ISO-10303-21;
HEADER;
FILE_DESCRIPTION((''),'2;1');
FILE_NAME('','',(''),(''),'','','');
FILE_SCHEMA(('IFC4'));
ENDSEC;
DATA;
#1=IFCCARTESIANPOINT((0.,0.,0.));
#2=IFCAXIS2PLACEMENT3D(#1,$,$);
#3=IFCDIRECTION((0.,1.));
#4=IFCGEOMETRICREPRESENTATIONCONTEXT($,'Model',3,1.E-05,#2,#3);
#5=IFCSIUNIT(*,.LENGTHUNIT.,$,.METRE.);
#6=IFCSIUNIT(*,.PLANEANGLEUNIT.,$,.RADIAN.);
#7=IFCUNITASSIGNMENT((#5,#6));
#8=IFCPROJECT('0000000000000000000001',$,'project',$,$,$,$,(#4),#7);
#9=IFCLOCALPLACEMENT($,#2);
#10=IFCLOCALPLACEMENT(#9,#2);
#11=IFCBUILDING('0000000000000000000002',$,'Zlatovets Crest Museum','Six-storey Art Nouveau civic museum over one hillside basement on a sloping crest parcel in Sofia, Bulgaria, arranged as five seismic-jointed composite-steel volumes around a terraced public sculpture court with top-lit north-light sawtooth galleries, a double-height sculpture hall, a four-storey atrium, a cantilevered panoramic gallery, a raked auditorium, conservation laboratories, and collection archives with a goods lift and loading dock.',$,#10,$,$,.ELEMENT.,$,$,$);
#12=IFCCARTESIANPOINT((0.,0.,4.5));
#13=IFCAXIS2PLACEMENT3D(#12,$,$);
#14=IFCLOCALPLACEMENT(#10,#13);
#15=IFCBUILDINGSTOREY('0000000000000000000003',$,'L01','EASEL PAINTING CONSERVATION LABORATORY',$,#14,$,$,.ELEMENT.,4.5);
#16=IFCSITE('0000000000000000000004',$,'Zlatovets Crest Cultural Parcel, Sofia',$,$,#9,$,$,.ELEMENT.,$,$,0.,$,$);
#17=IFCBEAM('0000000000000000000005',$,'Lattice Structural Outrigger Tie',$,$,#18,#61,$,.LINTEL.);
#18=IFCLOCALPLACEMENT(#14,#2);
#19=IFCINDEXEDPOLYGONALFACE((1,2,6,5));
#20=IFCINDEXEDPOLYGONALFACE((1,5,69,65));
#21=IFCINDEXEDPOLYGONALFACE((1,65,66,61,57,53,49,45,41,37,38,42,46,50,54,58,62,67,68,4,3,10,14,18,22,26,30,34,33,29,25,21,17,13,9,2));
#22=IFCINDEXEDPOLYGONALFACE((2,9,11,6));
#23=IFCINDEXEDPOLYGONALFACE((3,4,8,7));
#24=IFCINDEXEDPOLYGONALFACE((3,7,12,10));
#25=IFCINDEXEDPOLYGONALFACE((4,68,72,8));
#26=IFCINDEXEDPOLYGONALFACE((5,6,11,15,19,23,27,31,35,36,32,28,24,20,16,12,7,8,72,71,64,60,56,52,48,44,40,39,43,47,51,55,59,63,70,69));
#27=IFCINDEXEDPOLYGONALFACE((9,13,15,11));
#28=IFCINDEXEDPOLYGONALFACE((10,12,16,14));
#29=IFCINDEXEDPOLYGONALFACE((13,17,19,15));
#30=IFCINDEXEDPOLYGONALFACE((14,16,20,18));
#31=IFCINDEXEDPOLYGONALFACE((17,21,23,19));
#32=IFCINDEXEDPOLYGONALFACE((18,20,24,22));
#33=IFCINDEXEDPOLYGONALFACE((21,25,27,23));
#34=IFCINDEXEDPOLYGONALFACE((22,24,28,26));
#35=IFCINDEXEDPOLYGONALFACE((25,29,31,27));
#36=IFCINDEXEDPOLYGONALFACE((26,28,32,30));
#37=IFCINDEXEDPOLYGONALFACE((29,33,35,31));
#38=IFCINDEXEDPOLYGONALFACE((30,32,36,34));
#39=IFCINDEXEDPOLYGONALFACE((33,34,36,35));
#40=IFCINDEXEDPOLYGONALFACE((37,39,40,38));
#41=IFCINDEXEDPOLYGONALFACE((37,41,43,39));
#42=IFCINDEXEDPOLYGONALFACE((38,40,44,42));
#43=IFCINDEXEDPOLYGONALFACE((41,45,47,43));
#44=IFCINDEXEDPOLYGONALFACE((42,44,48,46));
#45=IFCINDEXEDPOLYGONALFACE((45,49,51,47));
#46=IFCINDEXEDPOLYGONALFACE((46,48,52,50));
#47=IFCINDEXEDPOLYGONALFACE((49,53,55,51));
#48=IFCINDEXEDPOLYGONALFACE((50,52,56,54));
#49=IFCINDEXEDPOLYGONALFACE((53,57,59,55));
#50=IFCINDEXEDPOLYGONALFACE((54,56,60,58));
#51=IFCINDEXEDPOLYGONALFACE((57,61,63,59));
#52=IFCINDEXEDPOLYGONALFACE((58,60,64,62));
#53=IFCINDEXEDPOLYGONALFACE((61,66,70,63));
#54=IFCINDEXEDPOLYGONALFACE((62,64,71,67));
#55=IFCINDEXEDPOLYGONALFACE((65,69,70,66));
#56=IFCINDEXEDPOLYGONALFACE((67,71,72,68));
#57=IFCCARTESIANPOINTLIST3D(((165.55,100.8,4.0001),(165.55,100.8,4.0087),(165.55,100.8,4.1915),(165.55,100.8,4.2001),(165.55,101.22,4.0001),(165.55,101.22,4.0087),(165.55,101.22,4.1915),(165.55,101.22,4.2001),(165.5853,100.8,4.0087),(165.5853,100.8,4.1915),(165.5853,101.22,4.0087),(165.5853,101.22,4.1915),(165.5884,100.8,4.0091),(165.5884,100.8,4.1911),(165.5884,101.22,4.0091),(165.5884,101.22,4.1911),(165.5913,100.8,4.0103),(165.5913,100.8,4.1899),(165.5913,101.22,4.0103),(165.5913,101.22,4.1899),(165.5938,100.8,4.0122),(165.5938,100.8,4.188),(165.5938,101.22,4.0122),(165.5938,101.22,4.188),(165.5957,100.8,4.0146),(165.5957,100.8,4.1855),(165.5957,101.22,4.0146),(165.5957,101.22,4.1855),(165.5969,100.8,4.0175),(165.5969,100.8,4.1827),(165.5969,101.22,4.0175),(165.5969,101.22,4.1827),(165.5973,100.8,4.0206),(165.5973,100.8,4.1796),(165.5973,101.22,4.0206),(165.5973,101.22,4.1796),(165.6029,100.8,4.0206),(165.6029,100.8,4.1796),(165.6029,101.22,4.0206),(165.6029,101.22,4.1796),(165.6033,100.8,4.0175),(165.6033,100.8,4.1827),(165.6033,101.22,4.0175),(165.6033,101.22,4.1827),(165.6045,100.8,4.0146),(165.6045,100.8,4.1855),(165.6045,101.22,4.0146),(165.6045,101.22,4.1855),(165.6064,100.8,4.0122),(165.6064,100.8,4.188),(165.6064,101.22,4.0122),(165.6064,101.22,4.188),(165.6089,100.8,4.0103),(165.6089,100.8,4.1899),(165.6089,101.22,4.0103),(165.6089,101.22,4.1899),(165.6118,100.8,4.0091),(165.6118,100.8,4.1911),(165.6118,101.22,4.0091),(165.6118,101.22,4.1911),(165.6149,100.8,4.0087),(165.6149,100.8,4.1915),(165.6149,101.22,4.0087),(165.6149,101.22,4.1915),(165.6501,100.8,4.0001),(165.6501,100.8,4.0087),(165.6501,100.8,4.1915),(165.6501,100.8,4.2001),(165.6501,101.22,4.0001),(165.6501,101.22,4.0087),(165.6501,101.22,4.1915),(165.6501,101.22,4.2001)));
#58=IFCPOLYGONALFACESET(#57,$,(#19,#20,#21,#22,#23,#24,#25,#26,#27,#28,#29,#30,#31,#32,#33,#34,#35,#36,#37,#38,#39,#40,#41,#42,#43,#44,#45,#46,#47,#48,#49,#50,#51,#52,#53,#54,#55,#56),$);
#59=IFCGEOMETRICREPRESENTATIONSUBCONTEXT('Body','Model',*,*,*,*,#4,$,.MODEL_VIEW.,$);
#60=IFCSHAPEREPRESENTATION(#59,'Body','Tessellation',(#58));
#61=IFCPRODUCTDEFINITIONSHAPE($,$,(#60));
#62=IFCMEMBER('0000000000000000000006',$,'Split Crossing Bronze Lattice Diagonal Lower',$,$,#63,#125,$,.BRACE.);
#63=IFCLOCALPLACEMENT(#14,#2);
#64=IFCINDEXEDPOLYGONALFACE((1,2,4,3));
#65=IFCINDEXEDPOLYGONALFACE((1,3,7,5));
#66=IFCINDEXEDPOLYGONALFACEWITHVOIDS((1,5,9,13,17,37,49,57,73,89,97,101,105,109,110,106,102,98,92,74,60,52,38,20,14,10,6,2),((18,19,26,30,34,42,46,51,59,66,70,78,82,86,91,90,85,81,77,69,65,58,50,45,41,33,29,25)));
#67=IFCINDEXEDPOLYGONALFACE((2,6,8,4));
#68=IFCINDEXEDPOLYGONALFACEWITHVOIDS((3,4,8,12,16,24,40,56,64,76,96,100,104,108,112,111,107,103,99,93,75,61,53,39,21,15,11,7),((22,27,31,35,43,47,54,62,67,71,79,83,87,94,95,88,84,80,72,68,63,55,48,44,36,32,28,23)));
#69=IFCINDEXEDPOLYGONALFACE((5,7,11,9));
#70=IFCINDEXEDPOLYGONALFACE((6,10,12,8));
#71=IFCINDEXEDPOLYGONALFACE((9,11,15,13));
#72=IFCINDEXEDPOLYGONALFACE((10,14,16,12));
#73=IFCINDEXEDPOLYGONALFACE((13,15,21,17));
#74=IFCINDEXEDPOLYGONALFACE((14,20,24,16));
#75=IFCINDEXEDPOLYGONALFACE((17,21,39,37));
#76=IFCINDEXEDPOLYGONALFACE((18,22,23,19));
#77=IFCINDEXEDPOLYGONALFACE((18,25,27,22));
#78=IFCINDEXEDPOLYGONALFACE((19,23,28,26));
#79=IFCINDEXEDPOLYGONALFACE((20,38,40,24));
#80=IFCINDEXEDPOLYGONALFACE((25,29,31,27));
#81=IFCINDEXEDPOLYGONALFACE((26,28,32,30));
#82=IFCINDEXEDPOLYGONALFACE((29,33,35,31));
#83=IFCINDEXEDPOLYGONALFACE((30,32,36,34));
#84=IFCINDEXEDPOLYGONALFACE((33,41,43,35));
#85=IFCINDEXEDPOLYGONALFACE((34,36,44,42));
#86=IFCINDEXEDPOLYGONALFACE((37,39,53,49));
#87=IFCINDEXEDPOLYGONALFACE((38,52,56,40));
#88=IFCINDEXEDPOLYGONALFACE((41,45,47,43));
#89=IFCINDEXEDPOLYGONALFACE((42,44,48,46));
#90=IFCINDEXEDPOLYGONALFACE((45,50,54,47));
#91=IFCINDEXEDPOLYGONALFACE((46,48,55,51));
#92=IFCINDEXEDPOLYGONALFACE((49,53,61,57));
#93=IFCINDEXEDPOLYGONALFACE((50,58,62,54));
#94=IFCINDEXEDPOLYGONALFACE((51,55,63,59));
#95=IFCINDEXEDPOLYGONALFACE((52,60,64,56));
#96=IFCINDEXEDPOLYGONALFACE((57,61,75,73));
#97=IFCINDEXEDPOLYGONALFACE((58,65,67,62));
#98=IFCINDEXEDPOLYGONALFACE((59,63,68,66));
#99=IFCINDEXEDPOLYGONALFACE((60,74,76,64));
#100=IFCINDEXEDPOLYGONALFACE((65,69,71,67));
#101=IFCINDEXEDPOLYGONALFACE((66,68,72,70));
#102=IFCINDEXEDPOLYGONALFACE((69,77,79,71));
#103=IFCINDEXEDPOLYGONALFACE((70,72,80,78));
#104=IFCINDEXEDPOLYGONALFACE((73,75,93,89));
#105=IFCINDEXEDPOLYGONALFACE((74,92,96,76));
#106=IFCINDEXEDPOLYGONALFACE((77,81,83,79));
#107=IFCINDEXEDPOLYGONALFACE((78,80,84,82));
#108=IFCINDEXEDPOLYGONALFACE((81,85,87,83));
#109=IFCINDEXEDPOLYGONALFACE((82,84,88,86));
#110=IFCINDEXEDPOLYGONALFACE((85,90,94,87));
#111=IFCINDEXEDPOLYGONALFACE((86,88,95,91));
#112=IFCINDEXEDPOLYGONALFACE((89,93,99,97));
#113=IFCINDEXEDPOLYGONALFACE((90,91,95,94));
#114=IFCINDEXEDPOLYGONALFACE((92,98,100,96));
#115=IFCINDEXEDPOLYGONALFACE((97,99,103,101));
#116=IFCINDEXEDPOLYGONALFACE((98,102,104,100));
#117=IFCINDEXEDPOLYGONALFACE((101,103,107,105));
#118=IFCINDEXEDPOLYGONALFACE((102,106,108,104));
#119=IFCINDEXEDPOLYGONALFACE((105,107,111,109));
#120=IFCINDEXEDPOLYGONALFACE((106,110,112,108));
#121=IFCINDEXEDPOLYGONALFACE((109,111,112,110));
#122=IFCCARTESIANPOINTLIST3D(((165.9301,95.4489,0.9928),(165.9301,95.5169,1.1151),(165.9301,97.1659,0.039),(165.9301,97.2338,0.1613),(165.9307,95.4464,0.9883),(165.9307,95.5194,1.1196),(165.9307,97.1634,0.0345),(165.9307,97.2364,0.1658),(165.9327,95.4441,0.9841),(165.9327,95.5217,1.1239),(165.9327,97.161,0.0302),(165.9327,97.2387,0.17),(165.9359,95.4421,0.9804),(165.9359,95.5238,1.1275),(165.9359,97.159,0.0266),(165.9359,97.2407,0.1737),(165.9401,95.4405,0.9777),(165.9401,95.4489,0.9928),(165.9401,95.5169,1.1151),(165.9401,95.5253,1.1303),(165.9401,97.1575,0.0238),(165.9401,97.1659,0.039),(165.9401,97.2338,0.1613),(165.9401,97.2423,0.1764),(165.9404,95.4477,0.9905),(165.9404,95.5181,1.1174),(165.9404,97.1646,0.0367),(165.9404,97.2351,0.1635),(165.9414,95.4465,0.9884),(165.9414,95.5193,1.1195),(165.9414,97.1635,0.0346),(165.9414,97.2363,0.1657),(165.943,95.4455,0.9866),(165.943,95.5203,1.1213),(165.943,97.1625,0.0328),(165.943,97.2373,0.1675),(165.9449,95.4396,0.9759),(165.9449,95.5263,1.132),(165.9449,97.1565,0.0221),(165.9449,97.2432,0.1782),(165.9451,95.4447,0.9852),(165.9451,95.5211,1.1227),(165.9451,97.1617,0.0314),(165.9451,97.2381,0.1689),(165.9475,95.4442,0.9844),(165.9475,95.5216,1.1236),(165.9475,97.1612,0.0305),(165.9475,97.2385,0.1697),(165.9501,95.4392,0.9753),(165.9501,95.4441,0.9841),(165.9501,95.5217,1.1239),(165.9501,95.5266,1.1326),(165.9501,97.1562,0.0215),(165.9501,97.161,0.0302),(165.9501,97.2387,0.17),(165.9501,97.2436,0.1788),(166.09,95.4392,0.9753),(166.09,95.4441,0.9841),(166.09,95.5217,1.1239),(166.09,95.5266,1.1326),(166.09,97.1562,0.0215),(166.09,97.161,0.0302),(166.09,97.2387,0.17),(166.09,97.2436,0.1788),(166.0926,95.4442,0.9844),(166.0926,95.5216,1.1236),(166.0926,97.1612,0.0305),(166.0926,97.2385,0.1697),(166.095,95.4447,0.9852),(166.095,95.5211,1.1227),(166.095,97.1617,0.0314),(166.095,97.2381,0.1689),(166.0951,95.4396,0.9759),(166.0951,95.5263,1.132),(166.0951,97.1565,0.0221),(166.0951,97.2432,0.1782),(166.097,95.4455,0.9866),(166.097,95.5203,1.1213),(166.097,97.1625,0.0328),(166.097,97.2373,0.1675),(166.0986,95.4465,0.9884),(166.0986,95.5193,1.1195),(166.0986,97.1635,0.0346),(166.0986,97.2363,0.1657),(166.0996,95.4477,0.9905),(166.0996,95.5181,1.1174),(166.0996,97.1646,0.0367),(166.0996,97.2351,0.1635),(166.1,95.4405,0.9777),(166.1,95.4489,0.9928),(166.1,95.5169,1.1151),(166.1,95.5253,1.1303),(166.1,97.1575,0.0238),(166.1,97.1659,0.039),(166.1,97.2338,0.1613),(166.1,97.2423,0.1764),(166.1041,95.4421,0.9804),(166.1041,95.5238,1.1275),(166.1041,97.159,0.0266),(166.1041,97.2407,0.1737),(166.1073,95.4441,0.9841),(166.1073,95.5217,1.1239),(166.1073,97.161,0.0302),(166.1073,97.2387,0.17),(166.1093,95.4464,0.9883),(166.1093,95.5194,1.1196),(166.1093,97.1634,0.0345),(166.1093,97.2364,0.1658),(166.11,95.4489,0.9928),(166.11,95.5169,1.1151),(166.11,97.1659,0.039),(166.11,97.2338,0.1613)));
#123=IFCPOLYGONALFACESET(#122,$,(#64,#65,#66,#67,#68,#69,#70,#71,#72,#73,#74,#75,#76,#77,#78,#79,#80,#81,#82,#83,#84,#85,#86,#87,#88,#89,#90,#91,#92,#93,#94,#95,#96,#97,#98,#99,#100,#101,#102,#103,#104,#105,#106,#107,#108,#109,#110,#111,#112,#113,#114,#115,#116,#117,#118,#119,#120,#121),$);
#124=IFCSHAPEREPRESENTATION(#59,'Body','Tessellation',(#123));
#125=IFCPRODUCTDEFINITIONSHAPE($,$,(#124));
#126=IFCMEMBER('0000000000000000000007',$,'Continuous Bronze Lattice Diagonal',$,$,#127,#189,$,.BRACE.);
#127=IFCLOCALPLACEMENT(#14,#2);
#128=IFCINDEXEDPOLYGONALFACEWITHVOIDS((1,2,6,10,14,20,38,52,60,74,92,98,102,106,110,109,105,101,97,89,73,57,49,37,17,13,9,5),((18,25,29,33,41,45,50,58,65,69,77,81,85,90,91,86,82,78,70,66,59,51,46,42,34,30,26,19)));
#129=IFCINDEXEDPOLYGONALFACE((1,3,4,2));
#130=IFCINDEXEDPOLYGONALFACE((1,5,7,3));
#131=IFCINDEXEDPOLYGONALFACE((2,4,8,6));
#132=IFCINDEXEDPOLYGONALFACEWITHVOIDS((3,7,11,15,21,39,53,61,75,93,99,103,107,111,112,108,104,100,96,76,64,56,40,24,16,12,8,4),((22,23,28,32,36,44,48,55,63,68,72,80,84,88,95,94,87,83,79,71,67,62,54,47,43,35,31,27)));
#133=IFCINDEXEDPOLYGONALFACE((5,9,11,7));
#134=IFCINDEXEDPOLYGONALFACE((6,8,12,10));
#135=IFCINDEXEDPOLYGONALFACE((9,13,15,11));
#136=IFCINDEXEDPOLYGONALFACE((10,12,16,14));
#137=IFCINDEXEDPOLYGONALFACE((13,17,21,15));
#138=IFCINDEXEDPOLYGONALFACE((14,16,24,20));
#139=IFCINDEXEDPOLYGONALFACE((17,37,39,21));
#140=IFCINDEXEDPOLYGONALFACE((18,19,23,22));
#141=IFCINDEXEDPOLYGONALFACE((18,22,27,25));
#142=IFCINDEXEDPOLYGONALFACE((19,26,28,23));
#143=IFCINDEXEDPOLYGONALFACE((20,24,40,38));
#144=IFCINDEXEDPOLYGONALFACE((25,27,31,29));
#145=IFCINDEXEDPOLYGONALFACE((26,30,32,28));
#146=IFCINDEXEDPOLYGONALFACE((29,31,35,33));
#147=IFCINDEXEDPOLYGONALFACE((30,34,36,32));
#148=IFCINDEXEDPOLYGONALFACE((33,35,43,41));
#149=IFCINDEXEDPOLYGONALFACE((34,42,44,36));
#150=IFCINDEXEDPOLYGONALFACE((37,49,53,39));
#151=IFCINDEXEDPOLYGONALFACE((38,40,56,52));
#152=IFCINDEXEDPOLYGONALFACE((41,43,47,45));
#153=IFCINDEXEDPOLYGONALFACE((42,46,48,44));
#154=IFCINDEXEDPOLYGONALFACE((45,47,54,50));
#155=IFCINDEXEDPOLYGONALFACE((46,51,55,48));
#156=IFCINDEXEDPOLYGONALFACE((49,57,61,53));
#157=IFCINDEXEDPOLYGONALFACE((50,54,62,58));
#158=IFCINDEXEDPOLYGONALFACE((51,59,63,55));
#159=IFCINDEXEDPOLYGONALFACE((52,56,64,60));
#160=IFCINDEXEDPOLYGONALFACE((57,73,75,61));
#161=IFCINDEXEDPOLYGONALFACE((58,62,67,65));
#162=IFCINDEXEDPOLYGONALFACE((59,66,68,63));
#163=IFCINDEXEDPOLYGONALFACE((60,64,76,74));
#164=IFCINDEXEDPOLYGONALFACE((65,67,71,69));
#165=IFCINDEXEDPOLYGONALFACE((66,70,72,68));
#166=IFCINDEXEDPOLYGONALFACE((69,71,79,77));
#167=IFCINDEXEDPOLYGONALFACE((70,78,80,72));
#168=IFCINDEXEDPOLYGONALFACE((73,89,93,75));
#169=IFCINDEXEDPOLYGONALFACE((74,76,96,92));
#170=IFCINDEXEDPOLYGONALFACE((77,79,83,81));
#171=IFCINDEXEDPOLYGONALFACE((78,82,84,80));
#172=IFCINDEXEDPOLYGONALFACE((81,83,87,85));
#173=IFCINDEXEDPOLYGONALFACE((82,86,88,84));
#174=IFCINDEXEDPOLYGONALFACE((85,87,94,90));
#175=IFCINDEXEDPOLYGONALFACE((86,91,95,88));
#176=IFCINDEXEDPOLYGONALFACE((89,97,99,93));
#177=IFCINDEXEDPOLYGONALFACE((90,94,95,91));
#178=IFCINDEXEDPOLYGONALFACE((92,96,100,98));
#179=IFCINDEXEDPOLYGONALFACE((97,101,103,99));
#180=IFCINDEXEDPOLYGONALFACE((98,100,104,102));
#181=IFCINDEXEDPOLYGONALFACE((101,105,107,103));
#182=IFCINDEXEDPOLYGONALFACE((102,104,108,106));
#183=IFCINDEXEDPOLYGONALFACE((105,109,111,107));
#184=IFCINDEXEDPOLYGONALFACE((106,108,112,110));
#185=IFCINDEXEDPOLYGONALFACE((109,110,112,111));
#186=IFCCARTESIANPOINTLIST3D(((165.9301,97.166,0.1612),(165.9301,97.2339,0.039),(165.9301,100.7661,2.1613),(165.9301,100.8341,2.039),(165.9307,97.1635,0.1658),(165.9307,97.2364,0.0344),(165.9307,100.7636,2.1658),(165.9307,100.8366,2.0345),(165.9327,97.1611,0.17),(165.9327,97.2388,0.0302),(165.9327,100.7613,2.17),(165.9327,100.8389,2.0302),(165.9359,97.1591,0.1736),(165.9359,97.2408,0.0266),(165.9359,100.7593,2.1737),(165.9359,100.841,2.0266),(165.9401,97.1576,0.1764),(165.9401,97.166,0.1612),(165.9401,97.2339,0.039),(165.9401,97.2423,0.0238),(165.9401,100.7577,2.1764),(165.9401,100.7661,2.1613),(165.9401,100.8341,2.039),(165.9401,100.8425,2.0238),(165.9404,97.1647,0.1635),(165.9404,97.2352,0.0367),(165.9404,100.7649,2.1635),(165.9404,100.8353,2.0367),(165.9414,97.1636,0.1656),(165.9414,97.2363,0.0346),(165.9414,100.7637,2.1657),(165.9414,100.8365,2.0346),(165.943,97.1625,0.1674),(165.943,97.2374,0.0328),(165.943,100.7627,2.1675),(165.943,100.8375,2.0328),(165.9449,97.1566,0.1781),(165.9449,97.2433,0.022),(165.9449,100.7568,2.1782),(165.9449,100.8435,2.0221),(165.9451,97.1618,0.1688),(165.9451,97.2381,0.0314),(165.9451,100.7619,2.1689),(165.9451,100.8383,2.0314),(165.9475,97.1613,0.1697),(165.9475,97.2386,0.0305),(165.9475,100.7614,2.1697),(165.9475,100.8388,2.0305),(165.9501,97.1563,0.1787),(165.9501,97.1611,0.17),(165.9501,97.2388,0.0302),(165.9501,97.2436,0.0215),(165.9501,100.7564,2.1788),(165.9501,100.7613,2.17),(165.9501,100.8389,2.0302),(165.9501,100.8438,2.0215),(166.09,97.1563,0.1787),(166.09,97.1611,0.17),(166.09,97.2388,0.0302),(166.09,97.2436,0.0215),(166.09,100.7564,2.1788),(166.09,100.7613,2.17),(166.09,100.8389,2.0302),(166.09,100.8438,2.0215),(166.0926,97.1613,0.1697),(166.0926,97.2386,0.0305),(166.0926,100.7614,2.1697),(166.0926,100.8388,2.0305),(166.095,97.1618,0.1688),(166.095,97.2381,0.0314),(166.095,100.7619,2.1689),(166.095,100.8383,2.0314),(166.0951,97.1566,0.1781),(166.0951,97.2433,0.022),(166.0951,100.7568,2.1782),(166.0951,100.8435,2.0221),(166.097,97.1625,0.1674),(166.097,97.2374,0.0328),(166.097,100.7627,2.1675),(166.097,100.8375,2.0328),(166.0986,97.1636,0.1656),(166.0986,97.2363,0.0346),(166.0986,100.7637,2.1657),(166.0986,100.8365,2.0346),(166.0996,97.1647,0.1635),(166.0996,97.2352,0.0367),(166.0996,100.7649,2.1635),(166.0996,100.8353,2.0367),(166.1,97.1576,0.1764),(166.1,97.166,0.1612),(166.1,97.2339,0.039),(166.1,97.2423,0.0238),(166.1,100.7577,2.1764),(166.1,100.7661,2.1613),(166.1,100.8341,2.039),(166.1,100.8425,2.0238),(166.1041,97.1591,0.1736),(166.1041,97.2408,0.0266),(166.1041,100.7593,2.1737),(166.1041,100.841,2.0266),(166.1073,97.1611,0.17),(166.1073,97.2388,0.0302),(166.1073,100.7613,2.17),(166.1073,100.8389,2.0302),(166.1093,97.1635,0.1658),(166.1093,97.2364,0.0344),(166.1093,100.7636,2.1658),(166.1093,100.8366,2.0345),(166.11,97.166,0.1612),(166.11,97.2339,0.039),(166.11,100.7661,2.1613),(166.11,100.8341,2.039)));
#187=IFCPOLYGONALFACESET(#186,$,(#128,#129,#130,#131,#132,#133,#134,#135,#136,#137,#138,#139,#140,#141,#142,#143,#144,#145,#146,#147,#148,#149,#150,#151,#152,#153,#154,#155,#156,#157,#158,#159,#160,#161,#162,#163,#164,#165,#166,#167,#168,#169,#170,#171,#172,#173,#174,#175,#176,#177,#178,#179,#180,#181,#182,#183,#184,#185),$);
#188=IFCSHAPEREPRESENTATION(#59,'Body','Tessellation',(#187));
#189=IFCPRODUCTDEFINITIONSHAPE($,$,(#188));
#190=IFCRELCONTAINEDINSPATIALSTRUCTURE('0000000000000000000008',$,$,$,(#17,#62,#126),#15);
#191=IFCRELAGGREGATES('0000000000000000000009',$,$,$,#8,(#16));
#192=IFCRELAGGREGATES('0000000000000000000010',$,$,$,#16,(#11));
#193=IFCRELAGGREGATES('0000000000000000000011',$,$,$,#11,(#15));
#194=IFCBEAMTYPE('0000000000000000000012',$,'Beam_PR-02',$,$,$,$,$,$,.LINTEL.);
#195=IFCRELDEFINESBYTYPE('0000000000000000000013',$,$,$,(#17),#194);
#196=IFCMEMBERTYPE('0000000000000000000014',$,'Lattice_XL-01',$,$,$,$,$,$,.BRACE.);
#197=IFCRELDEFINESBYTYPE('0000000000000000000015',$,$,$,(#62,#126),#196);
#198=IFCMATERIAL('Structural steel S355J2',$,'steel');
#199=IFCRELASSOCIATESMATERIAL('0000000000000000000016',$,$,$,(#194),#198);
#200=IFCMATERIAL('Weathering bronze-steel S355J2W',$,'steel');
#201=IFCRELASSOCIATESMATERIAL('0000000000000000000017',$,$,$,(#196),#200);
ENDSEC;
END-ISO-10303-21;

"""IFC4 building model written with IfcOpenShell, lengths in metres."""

from ifc_helpers import new_model, si_unit, direction, frame, origin, origin_2d, place, context, subcontext, project, spatial, hollow_rectangle, i_section, extrude, material, material_profile, profile_set, type_object, element, save


model = new_model("IFC4")

# Units and contexts
model_context = context("Model", 3, precision=1e-05, world=origin(), true_north=direction((0.0, 1.0)))
body_context = subcontext(model_context, "Body", "Model", "MODEL_VIEW")
ifc_project = project(units=[si_unit("LENGTHUNIT", "METRE"), si_unit("PLANEANGLEUNIT", "RADIAN")], contexts=[model_context])

# Site, building, storey
site_placement = place(None, origin())
site = spatial("IfcSite", under=ifc_project, at=site_placement, Name="Zlatovets Crest Cultural Parcel, Sofia", CompositionType="ELEMENT", RefElevation=0.0)
building_placement = place(site_placement, origin())
building = spatial("IfcBuilding", under=site, at=building_placement, Name="Zlatovets Crest Museum", Description="Six-storey Art Nouveau civic museum over one hillside basement on a sloping crest parcel in Sofia, Bulgaria, arranged as five seismic-jointed composite-steel volumes around a terraced public sculpture court with top-lit north-light sawtooth galleries, a double-height sculpture hall, a four-storey atrium, a cantilevered panoramic gallery, a raked auditorium, conservation laboratories, and collection archives with a goods lift and loading dock.", CompositionType="ELEMENT")
storey_placement = place(building_placement, frame((0.0, 0.0, 4.5)))
storey = spatial("IfcBuildingStorey", under=building, at=storey_placement, Name="L01", Description="EASEL PAINTING CONSERVATION LABORATORY", CompositionType="ELEMENT", Elevation=4.5)

# Shared definitions
ifc_material_1 = material(Name="Structural steel S355J2", Category="steel")

# Beam
ifc_material_profile_1 = material_profile(ifc_material_1, i_section(OverallWidth=0.1001, OverallDepth=0.2, WebThickness=0.0056, FlangeThickness=0.0085, FilletRadius=0.012, at=origin_2d()), Name="IPE 200")
ifc_profile_set_1 = profile_set([ifc_material_profile_1], Name="Structural steel S355J2")
beam_type = type_object("IfcBeamType", Name="Beam_PR-02", PredefinedType="LINTEL", material=ifc_profile_set_1)
for number, where, z_axis, x_axis, name in (
    (1, (165.6001, 100.8, 4.1001), (0.0, 1.0, 0.0), (-1.0, 0.0, 0.0), "Lattice Structural Outrigger Tie"),
):
    element("IfcBeam", number, at=place(storey_placement, frame(where, z_axis=z_axis, x_axis=x_axis)), inside=storey, type_object=beam_type, Name=name, PredefinedType="LINTEL", context=body_context, shape_type="SweptSolid", body=[
        extrude(i_section(OverallWidth=0.1001, OverallDepth=0.2, WebThickness=0.0056, FlangeThickness=0.0085, FilletRadius=0.012, at=origin_2d()), origin(), (0.0, 0.0, 1.0), 0.4199),
    ])

# Members
ifc_material_2 = material(Name="Weathering bronze-steel S355J2W", Category="steel")
ifc_material_profile_2 = material_profile(ifc_material_2, hollow_rectangle(XDim=0.1799, YDim=0.1799, WallThickness=0.01, InnerFilletRadius=0.01, OuterFilletRadius=0.02, at=origin_2d()), Name="SHS 180x180x10.0")
ifc_profile_set_2 = profile_set([ifc_material_profile_2], Name="Weathering bronze-steel S355J2W")
member_type_1 = type_object("IfcMemberType", Name="Lattice_XL-01", PredefinedType="BRACE", material=ifc_profile_set_2)
member_1_placement = place(storey_placement, frame((166.02, 95.4829, 1.054), z_axis=(0.0, 0.874169, -0.485622), x_axis=(-1.0, 0.0, 0.0)))
element("IfcMember", 2, at=member_1_placement, inside=storey, type_object=member_type_1, Name="Split Crossing Bronze Lattice Diagonal Lower", PredefinedType="BRACE", context=body_context, shape_type="SweptSolid", body=[
    extrude(hollow_rectangle(XDim=0.1799, YDim=0.1799, WallThickness=0.01, InnerFilletRadius=0.01, OuterFilletRadius=0.02, at=origin_2d()), origin(), (0.0, 0.0, 1.0), 1.9641),
])
member_2_placement = place(storey_placement, frame((166.02, 97.2, 0.1001), z_axis=(0.0, 0.874163, 0.485633), x_axis=(-1.0, 0.0, 0.0)))
element("IfcMember", 3, at=member_2_placement, inside=storey, type_object=member_type_1, Name="Continuous Bronze Lattice Diagonal", PredefinedType="BRACE", context=body_context, shape_type="SweptSolid", body=[
    extrude(hollow_rectangle(XDim=0.1799, YDim=0.1799, WallThickness=0.01, InnerFilletRadius=0.01, OuterFilletRadius=0.02, at=origin_2d()), origin(), (0.0, 0.0, 1.0), 4.1184),
])

save(model, "model.ifc")
